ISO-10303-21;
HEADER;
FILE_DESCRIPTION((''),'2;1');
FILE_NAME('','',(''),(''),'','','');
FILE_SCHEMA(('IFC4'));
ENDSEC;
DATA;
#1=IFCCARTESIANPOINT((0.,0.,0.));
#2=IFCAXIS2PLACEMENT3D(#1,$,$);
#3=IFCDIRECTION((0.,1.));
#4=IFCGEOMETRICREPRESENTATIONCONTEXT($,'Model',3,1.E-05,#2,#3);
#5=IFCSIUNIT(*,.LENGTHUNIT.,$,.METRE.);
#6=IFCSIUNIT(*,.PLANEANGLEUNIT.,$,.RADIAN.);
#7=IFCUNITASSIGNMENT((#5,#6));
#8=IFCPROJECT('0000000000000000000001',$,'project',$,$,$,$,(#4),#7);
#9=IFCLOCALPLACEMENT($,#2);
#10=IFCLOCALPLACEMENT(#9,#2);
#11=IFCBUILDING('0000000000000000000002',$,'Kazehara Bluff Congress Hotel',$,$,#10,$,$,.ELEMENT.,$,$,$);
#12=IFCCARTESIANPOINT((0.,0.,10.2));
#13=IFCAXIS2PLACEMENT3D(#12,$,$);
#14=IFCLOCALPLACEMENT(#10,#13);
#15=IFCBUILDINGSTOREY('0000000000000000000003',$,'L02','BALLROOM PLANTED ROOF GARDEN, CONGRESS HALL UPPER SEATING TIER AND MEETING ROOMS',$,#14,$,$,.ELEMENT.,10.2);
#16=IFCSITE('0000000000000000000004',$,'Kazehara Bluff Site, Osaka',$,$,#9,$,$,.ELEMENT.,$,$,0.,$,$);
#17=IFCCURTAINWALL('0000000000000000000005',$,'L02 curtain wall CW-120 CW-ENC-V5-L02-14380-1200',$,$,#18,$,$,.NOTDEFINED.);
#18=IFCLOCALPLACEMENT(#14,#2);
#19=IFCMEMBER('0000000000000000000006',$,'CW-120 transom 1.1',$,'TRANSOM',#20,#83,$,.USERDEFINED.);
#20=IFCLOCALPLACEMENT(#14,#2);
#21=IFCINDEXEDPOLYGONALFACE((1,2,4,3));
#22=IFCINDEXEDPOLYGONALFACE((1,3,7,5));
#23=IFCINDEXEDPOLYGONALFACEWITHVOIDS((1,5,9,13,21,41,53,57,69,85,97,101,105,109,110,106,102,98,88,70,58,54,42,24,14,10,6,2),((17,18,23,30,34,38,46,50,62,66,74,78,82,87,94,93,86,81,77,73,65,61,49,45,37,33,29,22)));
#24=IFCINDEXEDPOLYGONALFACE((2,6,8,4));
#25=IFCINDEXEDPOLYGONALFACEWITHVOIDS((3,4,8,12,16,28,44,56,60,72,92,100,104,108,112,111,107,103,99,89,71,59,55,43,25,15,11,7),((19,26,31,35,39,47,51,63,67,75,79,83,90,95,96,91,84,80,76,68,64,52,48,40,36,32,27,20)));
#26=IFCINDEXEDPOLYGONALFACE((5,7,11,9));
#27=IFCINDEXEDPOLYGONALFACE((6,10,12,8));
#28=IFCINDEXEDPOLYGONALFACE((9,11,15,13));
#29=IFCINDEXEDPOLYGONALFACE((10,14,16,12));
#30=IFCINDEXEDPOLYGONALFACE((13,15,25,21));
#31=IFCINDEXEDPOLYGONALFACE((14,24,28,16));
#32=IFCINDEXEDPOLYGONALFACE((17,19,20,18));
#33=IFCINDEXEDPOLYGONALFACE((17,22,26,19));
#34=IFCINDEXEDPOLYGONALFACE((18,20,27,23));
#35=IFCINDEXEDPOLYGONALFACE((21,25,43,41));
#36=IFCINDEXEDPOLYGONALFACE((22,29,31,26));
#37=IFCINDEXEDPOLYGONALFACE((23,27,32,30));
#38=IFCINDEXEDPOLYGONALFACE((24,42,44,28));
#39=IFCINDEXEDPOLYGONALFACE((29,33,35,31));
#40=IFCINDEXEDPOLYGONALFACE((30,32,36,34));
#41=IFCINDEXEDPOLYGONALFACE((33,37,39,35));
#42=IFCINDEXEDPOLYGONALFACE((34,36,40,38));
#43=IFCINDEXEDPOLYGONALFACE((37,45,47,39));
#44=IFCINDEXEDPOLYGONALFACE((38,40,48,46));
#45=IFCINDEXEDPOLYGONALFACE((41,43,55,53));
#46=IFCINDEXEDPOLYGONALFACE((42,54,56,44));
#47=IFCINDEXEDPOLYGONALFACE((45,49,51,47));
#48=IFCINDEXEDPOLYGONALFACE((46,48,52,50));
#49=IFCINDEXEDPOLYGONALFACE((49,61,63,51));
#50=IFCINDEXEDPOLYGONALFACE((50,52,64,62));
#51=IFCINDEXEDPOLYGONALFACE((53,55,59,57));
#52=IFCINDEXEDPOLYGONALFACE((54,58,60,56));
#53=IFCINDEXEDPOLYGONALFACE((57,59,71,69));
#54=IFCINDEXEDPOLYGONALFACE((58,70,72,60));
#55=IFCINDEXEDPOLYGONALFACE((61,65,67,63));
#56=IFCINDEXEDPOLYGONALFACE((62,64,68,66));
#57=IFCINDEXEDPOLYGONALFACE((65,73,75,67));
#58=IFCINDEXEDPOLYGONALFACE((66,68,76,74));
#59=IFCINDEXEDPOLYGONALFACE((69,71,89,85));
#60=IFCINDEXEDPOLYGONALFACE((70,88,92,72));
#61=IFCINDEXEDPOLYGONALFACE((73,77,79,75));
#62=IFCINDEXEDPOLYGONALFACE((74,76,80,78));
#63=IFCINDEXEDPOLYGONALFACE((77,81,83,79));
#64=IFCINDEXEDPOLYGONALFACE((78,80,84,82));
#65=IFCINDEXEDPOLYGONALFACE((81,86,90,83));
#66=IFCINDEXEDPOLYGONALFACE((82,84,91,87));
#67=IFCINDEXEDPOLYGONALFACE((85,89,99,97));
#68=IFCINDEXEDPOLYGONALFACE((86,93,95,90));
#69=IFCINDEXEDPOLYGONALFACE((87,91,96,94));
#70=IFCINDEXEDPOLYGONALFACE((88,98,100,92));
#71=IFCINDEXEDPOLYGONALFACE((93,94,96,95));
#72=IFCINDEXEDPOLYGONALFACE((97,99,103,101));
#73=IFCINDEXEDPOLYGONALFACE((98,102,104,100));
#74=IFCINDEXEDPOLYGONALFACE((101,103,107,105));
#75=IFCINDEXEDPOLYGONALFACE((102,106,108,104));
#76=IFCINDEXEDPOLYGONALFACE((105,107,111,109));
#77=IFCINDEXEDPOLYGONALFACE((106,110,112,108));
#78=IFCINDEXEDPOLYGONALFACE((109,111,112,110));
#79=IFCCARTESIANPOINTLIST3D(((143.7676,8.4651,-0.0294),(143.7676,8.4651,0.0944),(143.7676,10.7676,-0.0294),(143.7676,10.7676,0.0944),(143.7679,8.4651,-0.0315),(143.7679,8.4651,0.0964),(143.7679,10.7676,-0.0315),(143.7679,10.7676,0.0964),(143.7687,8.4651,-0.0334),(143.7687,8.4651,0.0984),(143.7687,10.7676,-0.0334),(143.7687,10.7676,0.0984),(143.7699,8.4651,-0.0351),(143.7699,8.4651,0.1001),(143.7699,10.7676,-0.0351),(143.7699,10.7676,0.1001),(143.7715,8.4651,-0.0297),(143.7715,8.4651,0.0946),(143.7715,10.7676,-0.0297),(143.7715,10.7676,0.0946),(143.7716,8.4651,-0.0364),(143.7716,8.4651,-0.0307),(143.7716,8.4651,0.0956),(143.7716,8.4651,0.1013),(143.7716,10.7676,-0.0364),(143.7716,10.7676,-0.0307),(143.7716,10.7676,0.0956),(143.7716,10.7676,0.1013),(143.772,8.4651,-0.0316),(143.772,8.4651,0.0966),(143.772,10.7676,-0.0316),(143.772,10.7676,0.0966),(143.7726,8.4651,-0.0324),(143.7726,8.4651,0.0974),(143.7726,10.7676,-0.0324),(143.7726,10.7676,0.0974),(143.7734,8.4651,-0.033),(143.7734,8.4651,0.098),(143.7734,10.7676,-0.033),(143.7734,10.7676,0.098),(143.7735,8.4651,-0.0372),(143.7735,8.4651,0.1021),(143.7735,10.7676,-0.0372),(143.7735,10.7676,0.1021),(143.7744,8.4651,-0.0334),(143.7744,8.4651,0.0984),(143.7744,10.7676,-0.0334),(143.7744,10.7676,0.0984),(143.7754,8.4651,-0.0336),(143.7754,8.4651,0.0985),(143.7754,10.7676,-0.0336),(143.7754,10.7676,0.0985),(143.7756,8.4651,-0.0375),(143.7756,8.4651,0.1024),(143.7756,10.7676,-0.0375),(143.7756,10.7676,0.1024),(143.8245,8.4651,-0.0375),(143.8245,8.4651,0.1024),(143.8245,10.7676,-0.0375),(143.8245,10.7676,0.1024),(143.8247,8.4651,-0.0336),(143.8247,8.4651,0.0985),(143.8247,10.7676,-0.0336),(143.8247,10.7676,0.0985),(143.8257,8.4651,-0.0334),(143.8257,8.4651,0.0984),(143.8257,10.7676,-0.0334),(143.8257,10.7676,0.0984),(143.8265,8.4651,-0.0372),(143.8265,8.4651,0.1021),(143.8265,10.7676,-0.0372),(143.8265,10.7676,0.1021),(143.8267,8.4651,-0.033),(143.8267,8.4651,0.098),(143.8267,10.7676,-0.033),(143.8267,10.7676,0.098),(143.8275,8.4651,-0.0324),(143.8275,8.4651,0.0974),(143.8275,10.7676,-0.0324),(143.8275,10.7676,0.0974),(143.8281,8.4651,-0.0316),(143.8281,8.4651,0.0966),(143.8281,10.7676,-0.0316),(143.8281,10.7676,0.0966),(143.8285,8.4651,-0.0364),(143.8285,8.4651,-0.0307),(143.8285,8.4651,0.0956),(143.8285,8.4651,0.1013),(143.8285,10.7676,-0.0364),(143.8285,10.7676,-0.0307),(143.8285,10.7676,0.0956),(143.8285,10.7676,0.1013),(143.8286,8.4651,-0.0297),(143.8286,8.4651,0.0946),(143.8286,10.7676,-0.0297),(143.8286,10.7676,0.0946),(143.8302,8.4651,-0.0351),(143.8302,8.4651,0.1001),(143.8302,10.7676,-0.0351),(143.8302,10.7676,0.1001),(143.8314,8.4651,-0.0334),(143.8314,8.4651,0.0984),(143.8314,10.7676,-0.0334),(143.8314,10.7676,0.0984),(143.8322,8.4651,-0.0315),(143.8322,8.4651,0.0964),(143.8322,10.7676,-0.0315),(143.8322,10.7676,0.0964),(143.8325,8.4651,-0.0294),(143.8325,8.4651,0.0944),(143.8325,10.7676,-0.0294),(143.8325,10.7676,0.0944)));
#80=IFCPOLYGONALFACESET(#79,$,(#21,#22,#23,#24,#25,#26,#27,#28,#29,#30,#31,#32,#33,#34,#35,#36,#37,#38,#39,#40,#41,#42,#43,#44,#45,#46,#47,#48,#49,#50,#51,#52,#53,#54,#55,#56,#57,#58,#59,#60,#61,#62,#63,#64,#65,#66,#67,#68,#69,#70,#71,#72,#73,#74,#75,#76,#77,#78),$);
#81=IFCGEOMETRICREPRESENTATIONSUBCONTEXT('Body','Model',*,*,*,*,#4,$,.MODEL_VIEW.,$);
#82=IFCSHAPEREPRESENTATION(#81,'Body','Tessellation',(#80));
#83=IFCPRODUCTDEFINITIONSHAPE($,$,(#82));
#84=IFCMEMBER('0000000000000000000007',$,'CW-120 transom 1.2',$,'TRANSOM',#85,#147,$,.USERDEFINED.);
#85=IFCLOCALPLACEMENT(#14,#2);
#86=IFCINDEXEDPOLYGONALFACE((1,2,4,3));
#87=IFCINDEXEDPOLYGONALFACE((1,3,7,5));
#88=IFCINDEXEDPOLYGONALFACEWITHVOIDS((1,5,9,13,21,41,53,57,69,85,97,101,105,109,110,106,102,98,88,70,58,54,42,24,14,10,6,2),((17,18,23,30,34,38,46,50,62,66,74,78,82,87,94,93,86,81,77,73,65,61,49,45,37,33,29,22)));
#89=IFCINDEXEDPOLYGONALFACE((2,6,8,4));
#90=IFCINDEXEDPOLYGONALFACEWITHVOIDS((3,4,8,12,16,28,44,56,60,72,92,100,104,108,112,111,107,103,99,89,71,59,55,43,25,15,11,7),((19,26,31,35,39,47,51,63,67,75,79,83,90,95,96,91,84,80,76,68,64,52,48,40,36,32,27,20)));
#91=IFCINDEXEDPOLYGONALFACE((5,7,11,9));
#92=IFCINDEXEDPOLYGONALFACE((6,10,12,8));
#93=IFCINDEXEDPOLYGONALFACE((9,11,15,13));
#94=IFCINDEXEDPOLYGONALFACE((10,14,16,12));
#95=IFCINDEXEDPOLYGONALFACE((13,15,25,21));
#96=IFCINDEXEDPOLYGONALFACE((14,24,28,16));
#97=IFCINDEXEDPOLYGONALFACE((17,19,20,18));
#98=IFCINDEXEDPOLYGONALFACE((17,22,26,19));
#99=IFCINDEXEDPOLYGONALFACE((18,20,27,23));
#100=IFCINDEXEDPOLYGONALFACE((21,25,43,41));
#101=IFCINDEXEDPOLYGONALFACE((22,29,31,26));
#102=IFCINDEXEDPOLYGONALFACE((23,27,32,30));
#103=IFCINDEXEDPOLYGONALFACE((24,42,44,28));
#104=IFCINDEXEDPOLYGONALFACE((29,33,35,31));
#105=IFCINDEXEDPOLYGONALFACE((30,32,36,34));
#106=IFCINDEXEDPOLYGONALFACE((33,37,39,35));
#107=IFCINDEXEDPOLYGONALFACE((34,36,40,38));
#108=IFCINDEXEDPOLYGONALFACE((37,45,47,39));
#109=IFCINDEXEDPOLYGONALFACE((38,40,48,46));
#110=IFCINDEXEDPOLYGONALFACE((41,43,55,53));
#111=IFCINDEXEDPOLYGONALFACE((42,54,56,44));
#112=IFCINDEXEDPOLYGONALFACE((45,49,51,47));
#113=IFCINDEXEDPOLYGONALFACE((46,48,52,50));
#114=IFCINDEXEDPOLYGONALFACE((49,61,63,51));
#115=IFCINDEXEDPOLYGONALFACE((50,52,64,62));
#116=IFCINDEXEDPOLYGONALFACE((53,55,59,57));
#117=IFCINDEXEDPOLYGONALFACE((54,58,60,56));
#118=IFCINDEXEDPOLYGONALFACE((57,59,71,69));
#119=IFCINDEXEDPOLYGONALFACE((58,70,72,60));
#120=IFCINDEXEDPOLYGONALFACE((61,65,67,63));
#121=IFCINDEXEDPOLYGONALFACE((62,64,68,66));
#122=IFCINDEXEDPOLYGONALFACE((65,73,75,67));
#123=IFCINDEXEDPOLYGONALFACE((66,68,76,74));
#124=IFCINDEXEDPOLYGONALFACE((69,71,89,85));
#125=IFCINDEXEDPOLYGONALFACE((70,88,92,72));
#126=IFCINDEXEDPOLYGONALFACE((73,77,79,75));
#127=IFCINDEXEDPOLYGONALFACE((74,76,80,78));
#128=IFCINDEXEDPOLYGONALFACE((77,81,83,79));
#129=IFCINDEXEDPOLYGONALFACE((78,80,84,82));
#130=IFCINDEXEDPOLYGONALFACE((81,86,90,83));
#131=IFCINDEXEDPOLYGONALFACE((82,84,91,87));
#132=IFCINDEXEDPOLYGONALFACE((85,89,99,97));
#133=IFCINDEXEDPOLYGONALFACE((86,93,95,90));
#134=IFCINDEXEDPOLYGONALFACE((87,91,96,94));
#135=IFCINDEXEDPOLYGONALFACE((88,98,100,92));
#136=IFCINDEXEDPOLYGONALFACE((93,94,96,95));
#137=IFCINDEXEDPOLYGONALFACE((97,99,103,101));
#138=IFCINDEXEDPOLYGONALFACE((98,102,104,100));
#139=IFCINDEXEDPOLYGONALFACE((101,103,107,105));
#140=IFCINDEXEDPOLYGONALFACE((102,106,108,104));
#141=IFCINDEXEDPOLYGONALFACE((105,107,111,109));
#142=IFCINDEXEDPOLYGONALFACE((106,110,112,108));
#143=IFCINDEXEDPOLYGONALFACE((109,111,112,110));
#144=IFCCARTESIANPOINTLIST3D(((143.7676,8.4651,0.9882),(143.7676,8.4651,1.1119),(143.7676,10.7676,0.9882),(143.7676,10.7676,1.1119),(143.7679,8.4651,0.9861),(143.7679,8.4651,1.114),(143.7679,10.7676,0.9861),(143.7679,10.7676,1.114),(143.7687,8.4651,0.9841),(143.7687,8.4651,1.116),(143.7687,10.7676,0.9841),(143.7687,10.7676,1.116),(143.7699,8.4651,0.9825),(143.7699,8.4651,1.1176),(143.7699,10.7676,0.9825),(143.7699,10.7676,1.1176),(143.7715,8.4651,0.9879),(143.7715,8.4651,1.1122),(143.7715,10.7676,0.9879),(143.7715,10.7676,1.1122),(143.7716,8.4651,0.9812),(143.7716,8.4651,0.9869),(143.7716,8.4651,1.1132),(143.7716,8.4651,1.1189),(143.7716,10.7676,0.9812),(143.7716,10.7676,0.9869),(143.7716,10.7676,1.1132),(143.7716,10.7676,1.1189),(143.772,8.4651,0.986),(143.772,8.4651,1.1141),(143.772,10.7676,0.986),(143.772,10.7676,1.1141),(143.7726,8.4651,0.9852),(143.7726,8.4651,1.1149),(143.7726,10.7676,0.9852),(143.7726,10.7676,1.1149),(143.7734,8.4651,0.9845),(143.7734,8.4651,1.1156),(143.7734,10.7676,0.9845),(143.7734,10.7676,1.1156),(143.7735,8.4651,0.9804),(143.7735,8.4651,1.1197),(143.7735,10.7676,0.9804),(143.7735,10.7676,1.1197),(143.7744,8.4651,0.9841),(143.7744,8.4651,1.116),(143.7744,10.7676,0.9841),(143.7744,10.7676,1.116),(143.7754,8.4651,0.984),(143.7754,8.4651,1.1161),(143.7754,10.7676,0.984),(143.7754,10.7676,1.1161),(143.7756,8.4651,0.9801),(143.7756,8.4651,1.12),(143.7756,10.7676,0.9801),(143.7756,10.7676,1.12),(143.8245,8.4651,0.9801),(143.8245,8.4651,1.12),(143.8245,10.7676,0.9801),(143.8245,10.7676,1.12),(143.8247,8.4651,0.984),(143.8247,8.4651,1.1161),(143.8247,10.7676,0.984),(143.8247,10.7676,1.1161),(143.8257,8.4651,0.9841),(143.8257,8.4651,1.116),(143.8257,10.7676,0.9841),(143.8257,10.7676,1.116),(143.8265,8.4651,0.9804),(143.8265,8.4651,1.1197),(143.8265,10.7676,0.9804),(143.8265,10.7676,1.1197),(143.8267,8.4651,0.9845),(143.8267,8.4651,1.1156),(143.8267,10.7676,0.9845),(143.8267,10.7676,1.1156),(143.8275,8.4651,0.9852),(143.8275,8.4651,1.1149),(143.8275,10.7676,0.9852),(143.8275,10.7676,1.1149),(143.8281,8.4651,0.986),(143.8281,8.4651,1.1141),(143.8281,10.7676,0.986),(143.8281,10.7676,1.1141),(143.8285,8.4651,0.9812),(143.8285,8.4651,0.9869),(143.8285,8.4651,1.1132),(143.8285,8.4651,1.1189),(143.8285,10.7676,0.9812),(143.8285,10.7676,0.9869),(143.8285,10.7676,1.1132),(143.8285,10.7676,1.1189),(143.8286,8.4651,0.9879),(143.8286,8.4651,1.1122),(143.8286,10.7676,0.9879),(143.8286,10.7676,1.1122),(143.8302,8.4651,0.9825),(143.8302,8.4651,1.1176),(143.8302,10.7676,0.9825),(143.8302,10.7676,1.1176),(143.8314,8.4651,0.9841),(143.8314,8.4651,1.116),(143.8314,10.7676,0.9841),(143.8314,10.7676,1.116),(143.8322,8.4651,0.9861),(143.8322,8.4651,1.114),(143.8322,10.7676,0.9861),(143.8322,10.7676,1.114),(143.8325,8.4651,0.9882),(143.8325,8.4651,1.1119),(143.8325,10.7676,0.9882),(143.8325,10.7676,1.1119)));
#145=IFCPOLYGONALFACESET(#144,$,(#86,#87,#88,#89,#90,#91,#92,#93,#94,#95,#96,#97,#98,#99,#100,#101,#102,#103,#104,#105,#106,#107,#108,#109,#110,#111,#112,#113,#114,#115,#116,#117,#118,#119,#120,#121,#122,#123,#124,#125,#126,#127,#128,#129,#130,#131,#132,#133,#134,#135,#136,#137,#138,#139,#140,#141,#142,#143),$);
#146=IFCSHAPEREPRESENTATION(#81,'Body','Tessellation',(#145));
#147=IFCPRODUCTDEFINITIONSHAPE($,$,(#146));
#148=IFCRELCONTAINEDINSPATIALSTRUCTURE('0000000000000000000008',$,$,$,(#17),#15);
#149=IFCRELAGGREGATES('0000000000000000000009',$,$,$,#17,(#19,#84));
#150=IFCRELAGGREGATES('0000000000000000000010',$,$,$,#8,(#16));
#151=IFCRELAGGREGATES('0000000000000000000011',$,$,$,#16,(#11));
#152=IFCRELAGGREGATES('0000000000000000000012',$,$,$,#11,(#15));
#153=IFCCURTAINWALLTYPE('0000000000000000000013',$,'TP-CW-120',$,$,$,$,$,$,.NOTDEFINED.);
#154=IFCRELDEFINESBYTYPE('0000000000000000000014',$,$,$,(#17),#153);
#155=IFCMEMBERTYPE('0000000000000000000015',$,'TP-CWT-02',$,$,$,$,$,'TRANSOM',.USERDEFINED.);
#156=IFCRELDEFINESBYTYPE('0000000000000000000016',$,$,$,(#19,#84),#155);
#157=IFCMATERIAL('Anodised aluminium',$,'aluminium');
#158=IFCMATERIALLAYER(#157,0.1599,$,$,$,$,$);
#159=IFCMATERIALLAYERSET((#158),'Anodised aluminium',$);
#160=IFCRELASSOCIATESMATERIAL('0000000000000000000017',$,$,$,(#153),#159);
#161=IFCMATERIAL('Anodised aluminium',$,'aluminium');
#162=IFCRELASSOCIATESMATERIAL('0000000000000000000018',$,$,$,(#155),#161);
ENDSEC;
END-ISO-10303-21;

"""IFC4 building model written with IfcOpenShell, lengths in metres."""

from ifc_helpers import new_model, si_unit, direction, frame, origin, origin_2d, place, context, subcontext, project, spatial, hollow_rectangle, extrude, material, layer, layer_set, material_profile, profile_set, type_object, element, aggregate, save


model = new_model("IFC4")

# Units and contexts
model_context = context("Model", 3, precision=1e-05, world=origin(), true_north=direction((0.0, 1.0)))
body_context = subcontext(model_context, "Body", "Model", "MODEL_VIEW")
ifc_project = project(units=[si_unit("LENGTHUNIT", "METRE"), si_unit("PLANEANGLEUNIT", "RADIAN")], contexts=[model_context])

# Site, building, storey
site_placement = place(None, origin())
site = spatial("IfcSite", under=ifc_project, at=site_placement, Name="Kazehara Bluff Site, Osaka", CompositionType="ELEMENT", RefElevation=0.0)
building_placement = place(site_placement, origin())
building = spatial("IfcBuilding", under=site, at=building_placement, Name="Kazehara Bluff Congress Hotel", CompositionType="ELEMENT")
storey_placement = place(building_placement, frame((0.0, 0.0, 10.2)))
storey = spatial("IfcBuildingStorey", under=building, at=storey_placement, Name="L02", Description="BALLROOM PLANTED ROOF GARDEN, CONGRESS HALL UPPER SEATING TIER AND MEETING ROOMS", CompositionType="ELEMENT", Elevation=10.2)

# Curtain wall
ifc_material_1 = material(Name="Anodised aluminium", Category="aluminium")
ifc_layer_1 = layer(ifc_material_1, 0.1599)
ifc_layer_set_1 = layer_set([ifc_layer_1], Name="Anodised aluminium")
curtain_wall_type_1 = type_object("IfcCurtainWallType", Name="TP-CW-120", PredefinedType="NOTDEFINED", material=ifc_layer_set_1)
curtain_wall_1_placement = place(storey_placement, origin())
curtain_wall_1 = element("IfcCurtainWall", 1, at=curtain_wall_1_placement, inside=storey, type_object=curtain_wall_type_1, Name="L02 curtain wall CW-120 CW-ENC-V5-L02-14380-1200", PredefinedType="NOTDEFINED")

# Members
ifc_material_2 = material(Name="Anodised aluminium", Category="aluminium")
ifc_material_profile_1 = material_profile(ifc_material_2, hollow_rectangle(XDim=0.0649, YDim=0.1399, WallThickness=0.0039, InnerFilletRadius=0.0039, OuterFilletRadius=0.0081, at=origin_2d()))
ifc_profile_set_1 = profile_set([ifc_material_profile_1], Name="Anodised aluminium")
member_type_1 = type_object("IfcMemberType", Name="TP-CWT-02", ElementType="TRANSOM", PredefinedType="USERDEFINED", material=ifc_profile_set_1)
member_1_placement = place(storey_placement, frame((143.8, 8.4651, 0.0325), z_axis=(0.0, 1.0, 0.0), x_axis=(-1.0, 0.0, 0.0)))
member_1 = element("IfcMember", 2, at=member_1_placement, type_object=member_type_1, Name="CW-120 transom 1.1", ObjectType="TRANSOM", PredefinedType="USERDEFINED", context=body_context, shape_type="SweptSolid", body=[
    extrude(hollow_rectangle(XDim=0.0649, YDim=0.1399, WallThickness=0.0039, InnerFilletRadius=0.0039, OuterFilletRadius=0.0081, at=origin_2d()), origin(), (0.0, 0.0, 1.0), 2.3025),
])
member_2_placement = place(storey_placement, frame((143.8, 8.4651, 1.05), z_axis=(0.0, 1.0, 0.0), x_axis=(-1.0, 0.0, 0.0)))
member_2 = element("IfcMember", 3, at=member_2_placement, type_object=member_type_1, Name="CW-120 transom 1.2", ObjectType="TRANSOM", PredefinedType="USERDEFINED", context=body_context, shape_type="SweptSolid", body=[
    extrude(hollow_rectangle(XDim=0.0649, YDim=0.1399, WallThickness=0.0039, InnerFilletRadius=0.0039, OuterFilletRadius=0.0081, at=origin_2d()), origin(), (0.0, 0.0, 1.0), 2.3025),
])
aggregate(curtain_wall_1, [member_1, member_2])

save(model, "model.ifc")
